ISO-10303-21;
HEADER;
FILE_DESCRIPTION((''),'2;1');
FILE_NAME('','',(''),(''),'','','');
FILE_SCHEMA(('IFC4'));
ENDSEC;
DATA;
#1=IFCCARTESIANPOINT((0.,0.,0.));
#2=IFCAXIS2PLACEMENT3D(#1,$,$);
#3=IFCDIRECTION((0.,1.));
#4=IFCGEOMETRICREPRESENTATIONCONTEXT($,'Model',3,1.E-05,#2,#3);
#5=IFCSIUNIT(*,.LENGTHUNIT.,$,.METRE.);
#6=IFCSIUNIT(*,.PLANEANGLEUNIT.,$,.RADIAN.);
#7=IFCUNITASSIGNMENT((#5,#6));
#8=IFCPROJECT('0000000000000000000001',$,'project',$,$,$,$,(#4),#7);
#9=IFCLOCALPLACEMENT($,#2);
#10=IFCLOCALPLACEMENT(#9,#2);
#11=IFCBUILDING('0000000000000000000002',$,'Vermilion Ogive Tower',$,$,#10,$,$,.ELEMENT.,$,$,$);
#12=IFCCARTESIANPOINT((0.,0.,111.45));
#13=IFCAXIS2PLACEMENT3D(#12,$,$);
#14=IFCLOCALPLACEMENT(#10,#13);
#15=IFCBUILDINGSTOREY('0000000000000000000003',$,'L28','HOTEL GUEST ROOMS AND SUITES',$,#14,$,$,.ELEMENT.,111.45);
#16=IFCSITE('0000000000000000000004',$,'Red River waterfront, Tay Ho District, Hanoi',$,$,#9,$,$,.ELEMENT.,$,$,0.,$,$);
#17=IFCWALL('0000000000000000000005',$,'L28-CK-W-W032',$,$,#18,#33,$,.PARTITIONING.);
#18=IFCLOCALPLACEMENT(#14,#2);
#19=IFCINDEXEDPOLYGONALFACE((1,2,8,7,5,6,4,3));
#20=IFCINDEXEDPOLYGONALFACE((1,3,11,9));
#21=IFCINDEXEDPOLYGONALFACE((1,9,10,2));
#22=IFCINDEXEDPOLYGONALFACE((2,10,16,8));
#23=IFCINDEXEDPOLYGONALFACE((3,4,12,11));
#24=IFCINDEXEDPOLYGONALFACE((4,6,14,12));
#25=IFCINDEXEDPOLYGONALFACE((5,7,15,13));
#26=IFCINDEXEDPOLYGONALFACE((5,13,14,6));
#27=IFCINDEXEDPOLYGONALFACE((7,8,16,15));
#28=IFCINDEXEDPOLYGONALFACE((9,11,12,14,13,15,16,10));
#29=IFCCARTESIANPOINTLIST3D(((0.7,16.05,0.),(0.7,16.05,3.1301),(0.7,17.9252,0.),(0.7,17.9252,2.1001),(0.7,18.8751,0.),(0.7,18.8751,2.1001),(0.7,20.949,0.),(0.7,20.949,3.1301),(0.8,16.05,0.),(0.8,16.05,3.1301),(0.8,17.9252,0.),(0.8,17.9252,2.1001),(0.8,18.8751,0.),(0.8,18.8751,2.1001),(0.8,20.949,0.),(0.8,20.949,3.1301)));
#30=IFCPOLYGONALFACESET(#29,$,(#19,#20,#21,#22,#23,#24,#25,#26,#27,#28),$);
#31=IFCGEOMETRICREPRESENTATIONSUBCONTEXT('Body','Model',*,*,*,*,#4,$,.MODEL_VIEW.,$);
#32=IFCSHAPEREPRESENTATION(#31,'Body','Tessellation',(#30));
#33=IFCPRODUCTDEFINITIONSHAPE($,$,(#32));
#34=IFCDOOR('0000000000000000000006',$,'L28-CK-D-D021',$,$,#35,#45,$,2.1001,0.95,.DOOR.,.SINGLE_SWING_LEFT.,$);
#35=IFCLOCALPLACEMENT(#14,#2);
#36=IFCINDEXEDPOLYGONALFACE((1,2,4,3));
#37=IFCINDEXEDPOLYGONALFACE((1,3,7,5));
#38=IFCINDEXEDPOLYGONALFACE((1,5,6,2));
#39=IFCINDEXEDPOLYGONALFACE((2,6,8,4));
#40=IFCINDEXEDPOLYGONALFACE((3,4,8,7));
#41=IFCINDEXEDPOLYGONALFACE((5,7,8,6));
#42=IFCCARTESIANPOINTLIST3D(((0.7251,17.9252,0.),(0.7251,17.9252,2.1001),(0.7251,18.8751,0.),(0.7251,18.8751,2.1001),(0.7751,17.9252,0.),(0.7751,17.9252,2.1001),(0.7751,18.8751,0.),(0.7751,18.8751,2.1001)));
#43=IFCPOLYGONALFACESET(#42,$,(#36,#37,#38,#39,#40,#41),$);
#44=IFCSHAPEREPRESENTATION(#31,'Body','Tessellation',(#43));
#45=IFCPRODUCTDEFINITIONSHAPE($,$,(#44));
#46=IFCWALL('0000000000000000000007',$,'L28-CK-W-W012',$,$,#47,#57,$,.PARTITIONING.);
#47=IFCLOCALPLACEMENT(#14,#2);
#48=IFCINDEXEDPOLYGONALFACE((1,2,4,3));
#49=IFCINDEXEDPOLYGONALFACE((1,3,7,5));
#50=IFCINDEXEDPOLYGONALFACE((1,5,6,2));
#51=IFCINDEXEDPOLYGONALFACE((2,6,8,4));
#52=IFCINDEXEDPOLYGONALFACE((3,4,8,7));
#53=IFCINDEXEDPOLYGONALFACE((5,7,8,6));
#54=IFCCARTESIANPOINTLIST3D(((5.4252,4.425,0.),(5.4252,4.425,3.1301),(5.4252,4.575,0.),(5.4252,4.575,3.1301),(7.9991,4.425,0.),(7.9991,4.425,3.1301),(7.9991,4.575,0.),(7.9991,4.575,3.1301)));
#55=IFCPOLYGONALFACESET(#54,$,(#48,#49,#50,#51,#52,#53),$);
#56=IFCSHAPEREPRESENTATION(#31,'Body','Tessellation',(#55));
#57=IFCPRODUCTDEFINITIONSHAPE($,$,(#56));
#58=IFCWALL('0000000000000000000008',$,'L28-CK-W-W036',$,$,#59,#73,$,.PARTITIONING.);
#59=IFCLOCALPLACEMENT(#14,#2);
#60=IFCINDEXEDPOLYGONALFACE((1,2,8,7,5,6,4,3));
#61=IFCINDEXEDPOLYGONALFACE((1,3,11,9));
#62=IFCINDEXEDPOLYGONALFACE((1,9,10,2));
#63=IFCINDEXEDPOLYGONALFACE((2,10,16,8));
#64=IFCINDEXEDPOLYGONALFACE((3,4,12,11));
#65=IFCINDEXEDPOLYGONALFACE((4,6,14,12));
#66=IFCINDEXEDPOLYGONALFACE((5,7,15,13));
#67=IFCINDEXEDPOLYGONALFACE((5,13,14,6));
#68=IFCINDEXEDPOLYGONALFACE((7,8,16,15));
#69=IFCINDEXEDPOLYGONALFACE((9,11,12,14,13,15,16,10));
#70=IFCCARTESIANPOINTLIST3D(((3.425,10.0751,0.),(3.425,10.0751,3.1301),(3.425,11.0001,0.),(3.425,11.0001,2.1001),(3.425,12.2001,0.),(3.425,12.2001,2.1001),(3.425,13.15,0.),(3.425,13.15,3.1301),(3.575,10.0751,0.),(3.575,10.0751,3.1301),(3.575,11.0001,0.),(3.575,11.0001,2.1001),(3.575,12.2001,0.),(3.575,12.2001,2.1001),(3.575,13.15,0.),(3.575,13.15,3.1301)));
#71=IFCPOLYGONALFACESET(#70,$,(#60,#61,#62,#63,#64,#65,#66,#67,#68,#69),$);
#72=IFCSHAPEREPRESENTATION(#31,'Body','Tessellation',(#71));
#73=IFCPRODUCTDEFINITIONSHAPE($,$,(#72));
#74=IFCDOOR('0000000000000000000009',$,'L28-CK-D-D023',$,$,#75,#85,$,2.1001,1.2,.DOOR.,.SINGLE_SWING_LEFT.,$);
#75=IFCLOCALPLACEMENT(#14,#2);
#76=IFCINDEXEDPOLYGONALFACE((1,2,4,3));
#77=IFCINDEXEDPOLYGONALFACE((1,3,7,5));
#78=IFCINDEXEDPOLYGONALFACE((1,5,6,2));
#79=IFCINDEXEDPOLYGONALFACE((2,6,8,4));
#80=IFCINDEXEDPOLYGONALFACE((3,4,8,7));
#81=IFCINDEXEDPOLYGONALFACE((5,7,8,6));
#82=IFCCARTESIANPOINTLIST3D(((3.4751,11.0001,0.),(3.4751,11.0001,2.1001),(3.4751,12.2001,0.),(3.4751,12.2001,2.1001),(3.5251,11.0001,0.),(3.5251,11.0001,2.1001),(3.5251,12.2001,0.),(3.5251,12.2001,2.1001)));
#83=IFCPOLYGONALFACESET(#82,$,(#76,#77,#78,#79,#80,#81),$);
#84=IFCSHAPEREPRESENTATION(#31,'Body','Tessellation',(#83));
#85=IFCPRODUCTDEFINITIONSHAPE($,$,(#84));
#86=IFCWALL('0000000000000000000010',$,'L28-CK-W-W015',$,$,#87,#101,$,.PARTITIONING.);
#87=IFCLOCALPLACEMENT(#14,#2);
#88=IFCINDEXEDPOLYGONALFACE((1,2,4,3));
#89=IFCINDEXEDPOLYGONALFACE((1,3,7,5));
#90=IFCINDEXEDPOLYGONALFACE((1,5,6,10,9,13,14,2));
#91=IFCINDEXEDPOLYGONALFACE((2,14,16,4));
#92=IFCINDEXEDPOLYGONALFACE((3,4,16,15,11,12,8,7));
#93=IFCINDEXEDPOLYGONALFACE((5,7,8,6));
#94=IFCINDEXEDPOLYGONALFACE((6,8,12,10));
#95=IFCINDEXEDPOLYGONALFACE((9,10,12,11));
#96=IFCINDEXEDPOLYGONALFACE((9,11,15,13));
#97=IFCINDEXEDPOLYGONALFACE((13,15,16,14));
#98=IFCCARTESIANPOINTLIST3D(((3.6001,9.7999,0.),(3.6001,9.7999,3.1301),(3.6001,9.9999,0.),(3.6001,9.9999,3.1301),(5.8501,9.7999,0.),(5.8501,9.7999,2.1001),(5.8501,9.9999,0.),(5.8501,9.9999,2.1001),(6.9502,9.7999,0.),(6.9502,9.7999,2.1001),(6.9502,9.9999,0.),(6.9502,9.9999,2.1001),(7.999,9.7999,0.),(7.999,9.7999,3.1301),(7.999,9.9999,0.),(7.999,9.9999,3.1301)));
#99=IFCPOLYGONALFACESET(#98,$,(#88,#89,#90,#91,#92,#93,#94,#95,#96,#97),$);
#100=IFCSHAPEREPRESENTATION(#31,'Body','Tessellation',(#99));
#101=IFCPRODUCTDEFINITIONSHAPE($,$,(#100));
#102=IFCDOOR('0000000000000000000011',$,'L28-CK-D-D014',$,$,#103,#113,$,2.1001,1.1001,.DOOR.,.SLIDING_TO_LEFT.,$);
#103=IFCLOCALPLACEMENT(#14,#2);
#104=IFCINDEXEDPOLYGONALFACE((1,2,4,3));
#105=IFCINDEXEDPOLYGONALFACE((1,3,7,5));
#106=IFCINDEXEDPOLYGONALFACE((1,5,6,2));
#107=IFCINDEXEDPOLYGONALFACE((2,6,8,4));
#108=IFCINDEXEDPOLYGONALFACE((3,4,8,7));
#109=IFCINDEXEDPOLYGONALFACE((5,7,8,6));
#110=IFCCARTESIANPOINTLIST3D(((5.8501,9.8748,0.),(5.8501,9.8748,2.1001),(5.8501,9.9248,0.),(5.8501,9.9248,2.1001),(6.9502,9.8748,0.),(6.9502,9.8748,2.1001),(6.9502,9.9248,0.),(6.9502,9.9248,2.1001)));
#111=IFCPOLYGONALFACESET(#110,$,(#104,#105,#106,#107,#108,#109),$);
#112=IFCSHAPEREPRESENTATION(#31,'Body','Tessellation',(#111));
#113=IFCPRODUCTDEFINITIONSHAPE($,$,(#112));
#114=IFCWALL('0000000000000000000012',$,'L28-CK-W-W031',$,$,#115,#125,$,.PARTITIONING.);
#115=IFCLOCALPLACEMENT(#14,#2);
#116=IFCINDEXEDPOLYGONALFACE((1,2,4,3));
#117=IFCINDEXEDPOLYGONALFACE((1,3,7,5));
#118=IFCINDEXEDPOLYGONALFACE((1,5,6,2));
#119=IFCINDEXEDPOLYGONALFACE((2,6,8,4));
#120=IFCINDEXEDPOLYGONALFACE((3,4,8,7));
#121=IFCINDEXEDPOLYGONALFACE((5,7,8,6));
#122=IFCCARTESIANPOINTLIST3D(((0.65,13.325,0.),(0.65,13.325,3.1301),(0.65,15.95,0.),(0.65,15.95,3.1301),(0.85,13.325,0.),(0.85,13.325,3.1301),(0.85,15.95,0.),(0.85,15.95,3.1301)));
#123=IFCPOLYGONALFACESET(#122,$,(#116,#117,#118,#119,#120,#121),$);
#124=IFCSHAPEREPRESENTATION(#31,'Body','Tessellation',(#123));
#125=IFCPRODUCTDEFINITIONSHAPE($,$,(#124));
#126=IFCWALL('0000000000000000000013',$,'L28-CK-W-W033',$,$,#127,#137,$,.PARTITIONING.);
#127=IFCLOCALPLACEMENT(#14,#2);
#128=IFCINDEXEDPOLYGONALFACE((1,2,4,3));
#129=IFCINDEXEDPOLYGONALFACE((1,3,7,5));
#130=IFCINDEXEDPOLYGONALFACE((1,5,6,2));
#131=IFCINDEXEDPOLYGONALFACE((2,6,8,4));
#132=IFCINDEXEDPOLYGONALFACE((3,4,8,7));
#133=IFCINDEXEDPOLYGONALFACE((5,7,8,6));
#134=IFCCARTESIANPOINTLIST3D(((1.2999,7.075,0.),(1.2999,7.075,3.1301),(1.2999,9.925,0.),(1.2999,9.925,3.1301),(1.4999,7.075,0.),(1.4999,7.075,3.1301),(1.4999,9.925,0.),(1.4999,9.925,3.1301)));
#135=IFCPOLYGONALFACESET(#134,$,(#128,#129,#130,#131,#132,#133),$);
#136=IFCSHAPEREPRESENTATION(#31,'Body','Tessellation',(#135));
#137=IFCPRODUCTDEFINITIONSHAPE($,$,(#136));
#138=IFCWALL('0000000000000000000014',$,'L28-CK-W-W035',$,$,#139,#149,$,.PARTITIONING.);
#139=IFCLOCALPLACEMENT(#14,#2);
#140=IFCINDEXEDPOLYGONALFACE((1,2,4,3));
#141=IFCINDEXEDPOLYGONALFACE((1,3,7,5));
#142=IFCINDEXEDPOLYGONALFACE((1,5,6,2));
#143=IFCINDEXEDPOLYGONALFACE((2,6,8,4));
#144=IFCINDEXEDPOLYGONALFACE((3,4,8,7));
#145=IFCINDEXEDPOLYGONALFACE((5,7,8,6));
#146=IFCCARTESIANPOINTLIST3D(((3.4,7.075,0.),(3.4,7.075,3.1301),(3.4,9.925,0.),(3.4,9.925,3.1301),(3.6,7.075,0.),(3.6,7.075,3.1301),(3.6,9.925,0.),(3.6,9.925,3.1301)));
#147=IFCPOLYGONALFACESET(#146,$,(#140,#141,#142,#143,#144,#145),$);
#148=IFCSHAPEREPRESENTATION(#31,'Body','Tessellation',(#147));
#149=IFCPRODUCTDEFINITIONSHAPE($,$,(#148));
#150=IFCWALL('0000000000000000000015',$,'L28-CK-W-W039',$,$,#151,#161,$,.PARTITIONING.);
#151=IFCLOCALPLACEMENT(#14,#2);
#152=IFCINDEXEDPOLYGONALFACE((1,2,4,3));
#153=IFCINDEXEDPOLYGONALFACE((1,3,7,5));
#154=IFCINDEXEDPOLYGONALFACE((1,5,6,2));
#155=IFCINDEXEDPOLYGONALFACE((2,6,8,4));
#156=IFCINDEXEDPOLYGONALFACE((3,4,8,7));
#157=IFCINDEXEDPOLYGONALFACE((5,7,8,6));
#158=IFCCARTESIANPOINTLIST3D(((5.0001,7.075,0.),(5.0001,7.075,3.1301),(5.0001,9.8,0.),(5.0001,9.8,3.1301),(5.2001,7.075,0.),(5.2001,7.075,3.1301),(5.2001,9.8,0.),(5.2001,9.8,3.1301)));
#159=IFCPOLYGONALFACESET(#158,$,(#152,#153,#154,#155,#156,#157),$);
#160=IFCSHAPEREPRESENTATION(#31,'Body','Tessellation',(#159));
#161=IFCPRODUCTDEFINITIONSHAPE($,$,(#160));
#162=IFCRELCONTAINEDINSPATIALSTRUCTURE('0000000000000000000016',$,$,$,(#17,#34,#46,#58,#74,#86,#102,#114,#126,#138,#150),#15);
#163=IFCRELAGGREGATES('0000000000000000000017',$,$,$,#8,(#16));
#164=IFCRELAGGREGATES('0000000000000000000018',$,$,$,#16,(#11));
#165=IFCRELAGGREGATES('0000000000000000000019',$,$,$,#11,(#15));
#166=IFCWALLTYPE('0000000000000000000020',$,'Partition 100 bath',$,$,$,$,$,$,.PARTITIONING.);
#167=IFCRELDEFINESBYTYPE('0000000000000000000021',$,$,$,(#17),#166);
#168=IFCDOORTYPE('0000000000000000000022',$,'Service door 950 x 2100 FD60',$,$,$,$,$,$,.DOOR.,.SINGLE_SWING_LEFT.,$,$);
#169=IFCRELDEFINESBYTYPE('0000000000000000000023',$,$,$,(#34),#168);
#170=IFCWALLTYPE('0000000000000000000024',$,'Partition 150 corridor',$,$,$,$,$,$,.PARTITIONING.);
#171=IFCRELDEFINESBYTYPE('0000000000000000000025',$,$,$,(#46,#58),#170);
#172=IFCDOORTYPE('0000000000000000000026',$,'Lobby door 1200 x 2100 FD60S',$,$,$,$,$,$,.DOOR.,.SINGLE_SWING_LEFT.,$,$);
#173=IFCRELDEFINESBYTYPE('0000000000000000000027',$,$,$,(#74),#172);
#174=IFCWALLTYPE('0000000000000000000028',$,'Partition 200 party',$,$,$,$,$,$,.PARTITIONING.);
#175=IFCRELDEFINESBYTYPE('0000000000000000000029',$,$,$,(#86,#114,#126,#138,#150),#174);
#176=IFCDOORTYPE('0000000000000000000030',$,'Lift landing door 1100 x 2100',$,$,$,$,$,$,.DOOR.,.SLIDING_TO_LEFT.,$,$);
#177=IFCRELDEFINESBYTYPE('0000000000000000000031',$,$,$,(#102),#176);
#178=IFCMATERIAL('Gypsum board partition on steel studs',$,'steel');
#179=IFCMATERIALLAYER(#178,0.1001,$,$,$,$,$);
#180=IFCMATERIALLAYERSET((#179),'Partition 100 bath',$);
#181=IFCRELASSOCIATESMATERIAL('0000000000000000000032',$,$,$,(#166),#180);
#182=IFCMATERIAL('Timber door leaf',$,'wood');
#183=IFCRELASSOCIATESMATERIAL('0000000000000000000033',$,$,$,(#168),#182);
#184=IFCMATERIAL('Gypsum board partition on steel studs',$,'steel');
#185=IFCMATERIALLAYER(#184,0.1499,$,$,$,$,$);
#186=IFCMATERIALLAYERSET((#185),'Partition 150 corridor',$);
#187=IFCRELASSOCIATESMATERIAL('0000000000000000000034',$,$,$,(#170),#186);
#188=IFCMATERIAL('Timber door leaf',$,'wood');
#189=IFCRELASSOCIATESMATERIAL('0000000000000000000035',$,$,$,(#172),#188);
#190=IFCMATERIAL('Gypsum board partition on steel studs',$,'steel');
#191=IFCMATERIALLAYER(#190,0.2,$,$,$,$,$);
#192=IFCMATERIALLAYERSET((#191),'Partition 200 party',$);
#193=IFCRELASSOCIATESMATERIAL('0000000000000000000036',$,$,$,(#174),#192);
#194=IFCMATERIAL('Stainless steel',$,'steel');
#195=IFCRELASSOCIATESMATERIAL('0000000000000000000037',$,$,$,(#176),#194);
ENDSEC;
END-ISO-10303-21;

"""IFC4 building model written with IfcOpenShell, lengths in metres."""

from ifc_helpers import new_model, si_unit, direction, frame, frame_2d, origin, place, context, subcontext, project, spatial, rectangle, extrude, material, layer, layer_set, type_object, element, fill, save


model = new_model("IFC4")

# Units and contexts
model_context = context("Model", 3, precision=1e-05, world=origin(), true_north=direction((0.0, 1.0)))
body_context = subcontext(model_context, "Body", "Model", "MODEL_VIEW")
ifc_project = project(units=[si_unit("LENGTHUNIT", "METRE"), si_unit("PLANEANGLEUNIT", "RADIAN")], contexts=[model_context])

# Site, building, storey
site_placement = place(None, origin())
site = spatial("IfcSite", under=ifc_project, at=site_placement, Name="Red River waterfront, Tay Ho District, Hanoi", CompositionType="ELEMENT", RefElevation=0.0)
building_placement = place(site_placement, origin())
building = spatial("IfcBuilding", under=site, at=building_placement, Name="Vermilion Ogive Tower", CompositionType="ELEMENT")
storey_placement = place(building_placement, frame((0.0, 0.0, 111.45)))
storey = spatial("IfcBuildingStorey", under=building, at=storey_placement, Name="L28", Description="HOTEL GUEST ROOMS AND SUITES", CompositionType="ELEMENT", Elevation=111.45)

# Shared definitions
ifc_material_1 = material(Name="Gypsum board partition on steel studs", Category="steel")
ifc_layer_1 = layer(ifc_material_1, 0.1001)
ifc_layer_set_1 = layer_set([ifc_layer_1], Name="Partition 100 bath")
wall_type_1 = type_object("IfcWallType", Name="Partition 100 bath", PredefinedType="PARTITIONING", material=ifc_layer_set_1)

# Wall, opening, door
wall_1_placement = place(storey_placement, frame((0.75, 16.05, 0.0), z_axis=(0.0, 0.0, 1.0), x_axis=(0.0, 1.0, 0.0)))
wall_1 = element("IfcWall", 1, at=wall_1_placement, inside=storey, type_object=wall_type_1, Name="L28-CK-W-W032", PredefinedType="PARTITIONING", context=body_context, shape_type="SweptSolid", body=[
    extrude(rectangle(XDim=4.8989, YDim=0.1001, at=frame_2d((2.4495, 0.0))), origin(), (0.0, 0.0, 1.0), 3.1301),
])
opening_1_placement = place(wall_1_placement, frame((1.875, 0.0, 0.0)))
opening_1 = element("IfcOpeningElement", 2, at=opening_1_placement, cuts=wall_1, PredefinedType="OPENING", context=body_context, shape_type="SweptSolid", body=[
    extrude(rectangle(XDim=0.95, YDim=2.1001, at=frame_2d((0.4751, 1.05))), frame((0.0, 0.0601, 0.0), z_axis=(0.0, -1.0, 0.0), x_axis=(1.0, 0.0, 0.0)), (0.0, 0.0, 1.0), 0.1201),
])
ifc_material_2 = material(Name="Timber door leaf", Category="wood")
door_type_1 = type_object("IfcDoorType", Name="Service door 950 x 2100 FD60", OperationType="SINGLE_SWING_LEFT", PredefinedType="DOOR", material=ifc_material_2)
door_1_placement = place(opening_1_placement, origin())
door_1 = element("IfcDoor", 3, at=door_1_placement, inside=storey, type_object=door_type_1, Name="L28-CK-D-D021", OperationType="SINGLE_SWING_LEFT", OverallHeight=2.1001, OverallWidth=0.95, PredefinedType="DOOR", context=body_context, shape_type="SweptSolid", body=[
    extrude(rectangle(XDim=0.95, YDim=2.1001, at=frame_2d((0.4751, 1.05))), frame((0.0, 0.0249, 0.0), z_axis=(0.0, -1.0, 0.0), x_axis=(1.0, 0.0, 0.0)), (0.0, 0.0, 1.0), 0.05),
])
fill(opening_1, door_1)

# Wall
ifc_material_3 = material(Name="Gypsum board partition on steel studs", Category="steel")
ifc_layer_2 = layer(ifc_material_3, 0.1499)
ifc_layer_set_2 = layer_set([ifc_layer_2], Name="Partition 150 corridor")
wall_type_2 = type_object("IfcWallType", Name="Partition 150 corridor", PredefinedType="PARTITIONING", material=ifc_layer_set_2)
wall_2_placement = place(storey_placement, frame((5.425, 4.5, 0.0), z_axis=(0.0, 0.0, 1.0), x_axis=(1.0, 0.0, 0.0)))
element("IfcWall", 4, at=wall_2_placement, inside=storey, type_object=wall_type_2, Name="L28-CK-W-W012", PredefinedType="PARTITIONING", context=body_context, shape_type="SweptSolid", body=[
    extrude(rectangle(XDim=2.574, YDim=0.1499, at=frame_2d((1.2871, 0.0))), origin(), (0.0, 0.0, 1.0), 3.1301),
])

# Walls, openings, doors
wall_3_placement = place(storey_placement, frame((3.5, 10.075, 0.0), z_axis=(0.0, 0.0, 1.0), x_axis=(0.0, 1.0, 0.0)))
wall_3 = element("IfcWall", 5, at=wall_3_placement, inside=storey, type_object=wall_type_2, Name="L28-CK-W-W036", PredefinedType="PARTITIONING", context=body_context, shape_type="SweptSolid", body=[
    extrude(rectangle(XDim=3.075, YDim=0.1499, at=frame_2d((1.5376, 0.0))), origin(), (0.0, 0.0, 1.0), 3.1301),
])
opening_2_placement = place(wall_3_placement, frame((0.925, 0.0, 0.0)))
opening_2 = element("IfcOpeningElement", 6, at=opening_2_placement, cuts=wall_3, PredefinedType="OPENING", context=body_context, shape_type="SweptSolid", body=[
    extrude(rectangle(XDim=1.2, YDim=2.1001, at=frame_2d((0.6001, 1.05))), frame((0.0, 0.085, 0.0), z_axis=(0.0, -1.0, 0.0), x_axis=(1.0, 0.0, 0.0)), (0.0, 0.0, 1.0), 0.1699),
])
ifc_material_4 = material(Name="Timber door leaf", Category="wood")
door_type_2 = type_object("IfcDoorType", Name="Lobby door 1200 x 2100 FD60S", OperationType="SINGLE_SWING_LEFT", PredefinedType="DOOR", material=ifc_material_4)
door_2_placement = place(opening_2_placement, origin())
door_2 = element("IfcDoor", 7, at=door_2_placement, inside=storey, type_object=door_type_2, Name="L28-CK-D-D023", OperationType="SINGLE_SWING_LEFT", OverallHeight=2.1001, OverallWidth=1.2, PredefinedType="DOOR", context=body_context, shape_type="SweptSolid", body=[
    extrude(rectangle(XDim=1.2, YDim=2.1001, at=frame_2d((0.6001, 1.05))), frame((0.0, 0.0249, 0.0), z_axis=(0.0, -1.0, 0.0), x_axis=(1.0, 0.0, 0.0)), (0.0, 0.0, 1.0), 0.05),
])
fill(opening_2, door_2)
ifc_material_5 = material(Name="Gypsum board partition on steel studs", Category="steel")
ifc_layer_3 = layer(ifc_material_5, 0.2)
ifc_layer_set_3 = layer_set([ifc_layer_3], Name="Partition 200 party")
wall_type_3 = type_object("IfcWallType", Name="Partition 200 party", PredefinedType="PARTITIONING", material=ifc_layer_set_3)
wall_4_placement = place(storey_placement, frame((3.6001, 9.8999, 0.0), z_axis=(0.0, 0.0, 1.0), x_axis=(1.0, 0.0, 0.0)))
wall_4 = element("IfcWall", 8, at=wall_4_placement, inside=storey, type_object=wall_type_3, Name="L28-CK-W-W015", PredefinedType="PARTITIONING", context=body_context, shape_type="SweptSolid", body=[
    extrude(rectangle(XDim=4.3989, YDim=0.2, at=frame_2d((2.1995, 0.0))), origin(), (0.0, 0.0, 1.0), 3.1301),
])
opening_3_placement = place(wall_4_placement, frame((2.25, 0.0, 0.0)))
opening_3 = element("IfcOpeningElement", 9, at=opening_3_placement, cuts=wall_4, PredefinedType="OPENING", context=body_context, shape_type="SweptSolid", body=[
    extrude(rectangle(XDim=1.1001, YDim=2.1001, at=frame_2d((0.55, 1.05))), frame((0.0, 0.1099, 0.0), z_axis=(0.0, -1.0, 0.0), x_axis=(1.0, 0.0, 0.0)), (0.0, 0.0, 1.0), 0.22),
])
ifc_material_6 = material(Name="Stainless steel", Category="steel")
door_type_3 = type_object("IfcDoorType", Name="Lift landing door 1100 x 2100", OperationType="SLIDING_TO_LEFT", PredefinedType="DOOR", material=ifc_material_6)
door_3_placement = place(opening_3_placement, origin())
door_3 = element("IfcDoor", 10, at=door_3_placement, inside=storey, type_object=door_type_3, Name="L28-CK-D-D014", OperationType="SLIDING_TO_LEFT", OverallHeight=2.1001, OverallWidth=1.1001, PredefinedType="DOOR", context=body_context, shape_type="SweptSolid", body=[
    extrude(rectangle(XDim=1.1001, YDim=2.1001, at=frame_2d((0.55, 1.05))), frame((0.0, 0.0249, 0.0), z_axis=(0.0, -1.0, 0.0), x_axis=(1.0, 0.0, 0.0)), (0.0, 0.0, 1.0), 0.05),
])
fill(opening_3, door_3)

# Walls
wall_5_placement = place(storey_placement, frame((0.75, 13.325, 0.0), z_axis=(0.0, 0.0, 1.0), x_axis=(0.0, 1.0, 0.0)))
element("IfcWall", 11, at=wall_5_placement, inside=storey, type_object=wall_type_3, Name="L28-CK-W-W031", PredefinedType="PARTITIONING", context=body_context, shape_type="SweptSolid", body=[
    extrude(rectangle(XDim=2.625, YDim=0.2, at=frame_2d((1.3125, 0.0))), origin(), (0.0, 0.0, 1.0), 3.1301),
])
for number, where, z_axis, x_axis, name in (
    (12, (1.3999, 7.075, 0.0), (0.0, 0.0, 1.0), (0.0, 1.0, 0.0), "L28-CK-W-W033"),
    (13, (3.5, 7.075, 0.0), (0.0, 0.0, 1.0), (0.0, 1.0, 0.0), "L28-CK-W-W035"),
):
    element("IfcWall", number, at=place(storey_placement, frame(where, z_axis=z_axis, x_axis=x_axis)), inside=storey, type_object=wall_type_3, Name=name, PredefinedType="PARTITIONING", context=body_context, shape_type="SweptSolid", body=[
        extrude(rectangle(XDim=2.8501, YDim=0.2, at=frame_2d((1.425, 0.0))), origin(), (0.0, 0.0, 1.0), 3.1301),
    ])
wall_6_placement = place(storey_placement, frame((5.1001, 7.075, 0.0), z_axis=(0.0, 0.0, 1.0), x_axis=(0.0, 1.0, 0.0)))
element("IfcWall", 14, at=wall_6_placement, inside=storey, type_object=wall_type_3, Name="L28-CK-W-W039", PredefinedType="PARTITIONING", context=body_context, shape_type="SweptSolid", body=[
    extrude(rectangle(XDim=2.7251, YDim=0.2, at=frame_2d((1.3625, 0.0))), origin(), (0.0, 0.0, 1.0), 3.1301),
])

save(model, "model.ifc")
